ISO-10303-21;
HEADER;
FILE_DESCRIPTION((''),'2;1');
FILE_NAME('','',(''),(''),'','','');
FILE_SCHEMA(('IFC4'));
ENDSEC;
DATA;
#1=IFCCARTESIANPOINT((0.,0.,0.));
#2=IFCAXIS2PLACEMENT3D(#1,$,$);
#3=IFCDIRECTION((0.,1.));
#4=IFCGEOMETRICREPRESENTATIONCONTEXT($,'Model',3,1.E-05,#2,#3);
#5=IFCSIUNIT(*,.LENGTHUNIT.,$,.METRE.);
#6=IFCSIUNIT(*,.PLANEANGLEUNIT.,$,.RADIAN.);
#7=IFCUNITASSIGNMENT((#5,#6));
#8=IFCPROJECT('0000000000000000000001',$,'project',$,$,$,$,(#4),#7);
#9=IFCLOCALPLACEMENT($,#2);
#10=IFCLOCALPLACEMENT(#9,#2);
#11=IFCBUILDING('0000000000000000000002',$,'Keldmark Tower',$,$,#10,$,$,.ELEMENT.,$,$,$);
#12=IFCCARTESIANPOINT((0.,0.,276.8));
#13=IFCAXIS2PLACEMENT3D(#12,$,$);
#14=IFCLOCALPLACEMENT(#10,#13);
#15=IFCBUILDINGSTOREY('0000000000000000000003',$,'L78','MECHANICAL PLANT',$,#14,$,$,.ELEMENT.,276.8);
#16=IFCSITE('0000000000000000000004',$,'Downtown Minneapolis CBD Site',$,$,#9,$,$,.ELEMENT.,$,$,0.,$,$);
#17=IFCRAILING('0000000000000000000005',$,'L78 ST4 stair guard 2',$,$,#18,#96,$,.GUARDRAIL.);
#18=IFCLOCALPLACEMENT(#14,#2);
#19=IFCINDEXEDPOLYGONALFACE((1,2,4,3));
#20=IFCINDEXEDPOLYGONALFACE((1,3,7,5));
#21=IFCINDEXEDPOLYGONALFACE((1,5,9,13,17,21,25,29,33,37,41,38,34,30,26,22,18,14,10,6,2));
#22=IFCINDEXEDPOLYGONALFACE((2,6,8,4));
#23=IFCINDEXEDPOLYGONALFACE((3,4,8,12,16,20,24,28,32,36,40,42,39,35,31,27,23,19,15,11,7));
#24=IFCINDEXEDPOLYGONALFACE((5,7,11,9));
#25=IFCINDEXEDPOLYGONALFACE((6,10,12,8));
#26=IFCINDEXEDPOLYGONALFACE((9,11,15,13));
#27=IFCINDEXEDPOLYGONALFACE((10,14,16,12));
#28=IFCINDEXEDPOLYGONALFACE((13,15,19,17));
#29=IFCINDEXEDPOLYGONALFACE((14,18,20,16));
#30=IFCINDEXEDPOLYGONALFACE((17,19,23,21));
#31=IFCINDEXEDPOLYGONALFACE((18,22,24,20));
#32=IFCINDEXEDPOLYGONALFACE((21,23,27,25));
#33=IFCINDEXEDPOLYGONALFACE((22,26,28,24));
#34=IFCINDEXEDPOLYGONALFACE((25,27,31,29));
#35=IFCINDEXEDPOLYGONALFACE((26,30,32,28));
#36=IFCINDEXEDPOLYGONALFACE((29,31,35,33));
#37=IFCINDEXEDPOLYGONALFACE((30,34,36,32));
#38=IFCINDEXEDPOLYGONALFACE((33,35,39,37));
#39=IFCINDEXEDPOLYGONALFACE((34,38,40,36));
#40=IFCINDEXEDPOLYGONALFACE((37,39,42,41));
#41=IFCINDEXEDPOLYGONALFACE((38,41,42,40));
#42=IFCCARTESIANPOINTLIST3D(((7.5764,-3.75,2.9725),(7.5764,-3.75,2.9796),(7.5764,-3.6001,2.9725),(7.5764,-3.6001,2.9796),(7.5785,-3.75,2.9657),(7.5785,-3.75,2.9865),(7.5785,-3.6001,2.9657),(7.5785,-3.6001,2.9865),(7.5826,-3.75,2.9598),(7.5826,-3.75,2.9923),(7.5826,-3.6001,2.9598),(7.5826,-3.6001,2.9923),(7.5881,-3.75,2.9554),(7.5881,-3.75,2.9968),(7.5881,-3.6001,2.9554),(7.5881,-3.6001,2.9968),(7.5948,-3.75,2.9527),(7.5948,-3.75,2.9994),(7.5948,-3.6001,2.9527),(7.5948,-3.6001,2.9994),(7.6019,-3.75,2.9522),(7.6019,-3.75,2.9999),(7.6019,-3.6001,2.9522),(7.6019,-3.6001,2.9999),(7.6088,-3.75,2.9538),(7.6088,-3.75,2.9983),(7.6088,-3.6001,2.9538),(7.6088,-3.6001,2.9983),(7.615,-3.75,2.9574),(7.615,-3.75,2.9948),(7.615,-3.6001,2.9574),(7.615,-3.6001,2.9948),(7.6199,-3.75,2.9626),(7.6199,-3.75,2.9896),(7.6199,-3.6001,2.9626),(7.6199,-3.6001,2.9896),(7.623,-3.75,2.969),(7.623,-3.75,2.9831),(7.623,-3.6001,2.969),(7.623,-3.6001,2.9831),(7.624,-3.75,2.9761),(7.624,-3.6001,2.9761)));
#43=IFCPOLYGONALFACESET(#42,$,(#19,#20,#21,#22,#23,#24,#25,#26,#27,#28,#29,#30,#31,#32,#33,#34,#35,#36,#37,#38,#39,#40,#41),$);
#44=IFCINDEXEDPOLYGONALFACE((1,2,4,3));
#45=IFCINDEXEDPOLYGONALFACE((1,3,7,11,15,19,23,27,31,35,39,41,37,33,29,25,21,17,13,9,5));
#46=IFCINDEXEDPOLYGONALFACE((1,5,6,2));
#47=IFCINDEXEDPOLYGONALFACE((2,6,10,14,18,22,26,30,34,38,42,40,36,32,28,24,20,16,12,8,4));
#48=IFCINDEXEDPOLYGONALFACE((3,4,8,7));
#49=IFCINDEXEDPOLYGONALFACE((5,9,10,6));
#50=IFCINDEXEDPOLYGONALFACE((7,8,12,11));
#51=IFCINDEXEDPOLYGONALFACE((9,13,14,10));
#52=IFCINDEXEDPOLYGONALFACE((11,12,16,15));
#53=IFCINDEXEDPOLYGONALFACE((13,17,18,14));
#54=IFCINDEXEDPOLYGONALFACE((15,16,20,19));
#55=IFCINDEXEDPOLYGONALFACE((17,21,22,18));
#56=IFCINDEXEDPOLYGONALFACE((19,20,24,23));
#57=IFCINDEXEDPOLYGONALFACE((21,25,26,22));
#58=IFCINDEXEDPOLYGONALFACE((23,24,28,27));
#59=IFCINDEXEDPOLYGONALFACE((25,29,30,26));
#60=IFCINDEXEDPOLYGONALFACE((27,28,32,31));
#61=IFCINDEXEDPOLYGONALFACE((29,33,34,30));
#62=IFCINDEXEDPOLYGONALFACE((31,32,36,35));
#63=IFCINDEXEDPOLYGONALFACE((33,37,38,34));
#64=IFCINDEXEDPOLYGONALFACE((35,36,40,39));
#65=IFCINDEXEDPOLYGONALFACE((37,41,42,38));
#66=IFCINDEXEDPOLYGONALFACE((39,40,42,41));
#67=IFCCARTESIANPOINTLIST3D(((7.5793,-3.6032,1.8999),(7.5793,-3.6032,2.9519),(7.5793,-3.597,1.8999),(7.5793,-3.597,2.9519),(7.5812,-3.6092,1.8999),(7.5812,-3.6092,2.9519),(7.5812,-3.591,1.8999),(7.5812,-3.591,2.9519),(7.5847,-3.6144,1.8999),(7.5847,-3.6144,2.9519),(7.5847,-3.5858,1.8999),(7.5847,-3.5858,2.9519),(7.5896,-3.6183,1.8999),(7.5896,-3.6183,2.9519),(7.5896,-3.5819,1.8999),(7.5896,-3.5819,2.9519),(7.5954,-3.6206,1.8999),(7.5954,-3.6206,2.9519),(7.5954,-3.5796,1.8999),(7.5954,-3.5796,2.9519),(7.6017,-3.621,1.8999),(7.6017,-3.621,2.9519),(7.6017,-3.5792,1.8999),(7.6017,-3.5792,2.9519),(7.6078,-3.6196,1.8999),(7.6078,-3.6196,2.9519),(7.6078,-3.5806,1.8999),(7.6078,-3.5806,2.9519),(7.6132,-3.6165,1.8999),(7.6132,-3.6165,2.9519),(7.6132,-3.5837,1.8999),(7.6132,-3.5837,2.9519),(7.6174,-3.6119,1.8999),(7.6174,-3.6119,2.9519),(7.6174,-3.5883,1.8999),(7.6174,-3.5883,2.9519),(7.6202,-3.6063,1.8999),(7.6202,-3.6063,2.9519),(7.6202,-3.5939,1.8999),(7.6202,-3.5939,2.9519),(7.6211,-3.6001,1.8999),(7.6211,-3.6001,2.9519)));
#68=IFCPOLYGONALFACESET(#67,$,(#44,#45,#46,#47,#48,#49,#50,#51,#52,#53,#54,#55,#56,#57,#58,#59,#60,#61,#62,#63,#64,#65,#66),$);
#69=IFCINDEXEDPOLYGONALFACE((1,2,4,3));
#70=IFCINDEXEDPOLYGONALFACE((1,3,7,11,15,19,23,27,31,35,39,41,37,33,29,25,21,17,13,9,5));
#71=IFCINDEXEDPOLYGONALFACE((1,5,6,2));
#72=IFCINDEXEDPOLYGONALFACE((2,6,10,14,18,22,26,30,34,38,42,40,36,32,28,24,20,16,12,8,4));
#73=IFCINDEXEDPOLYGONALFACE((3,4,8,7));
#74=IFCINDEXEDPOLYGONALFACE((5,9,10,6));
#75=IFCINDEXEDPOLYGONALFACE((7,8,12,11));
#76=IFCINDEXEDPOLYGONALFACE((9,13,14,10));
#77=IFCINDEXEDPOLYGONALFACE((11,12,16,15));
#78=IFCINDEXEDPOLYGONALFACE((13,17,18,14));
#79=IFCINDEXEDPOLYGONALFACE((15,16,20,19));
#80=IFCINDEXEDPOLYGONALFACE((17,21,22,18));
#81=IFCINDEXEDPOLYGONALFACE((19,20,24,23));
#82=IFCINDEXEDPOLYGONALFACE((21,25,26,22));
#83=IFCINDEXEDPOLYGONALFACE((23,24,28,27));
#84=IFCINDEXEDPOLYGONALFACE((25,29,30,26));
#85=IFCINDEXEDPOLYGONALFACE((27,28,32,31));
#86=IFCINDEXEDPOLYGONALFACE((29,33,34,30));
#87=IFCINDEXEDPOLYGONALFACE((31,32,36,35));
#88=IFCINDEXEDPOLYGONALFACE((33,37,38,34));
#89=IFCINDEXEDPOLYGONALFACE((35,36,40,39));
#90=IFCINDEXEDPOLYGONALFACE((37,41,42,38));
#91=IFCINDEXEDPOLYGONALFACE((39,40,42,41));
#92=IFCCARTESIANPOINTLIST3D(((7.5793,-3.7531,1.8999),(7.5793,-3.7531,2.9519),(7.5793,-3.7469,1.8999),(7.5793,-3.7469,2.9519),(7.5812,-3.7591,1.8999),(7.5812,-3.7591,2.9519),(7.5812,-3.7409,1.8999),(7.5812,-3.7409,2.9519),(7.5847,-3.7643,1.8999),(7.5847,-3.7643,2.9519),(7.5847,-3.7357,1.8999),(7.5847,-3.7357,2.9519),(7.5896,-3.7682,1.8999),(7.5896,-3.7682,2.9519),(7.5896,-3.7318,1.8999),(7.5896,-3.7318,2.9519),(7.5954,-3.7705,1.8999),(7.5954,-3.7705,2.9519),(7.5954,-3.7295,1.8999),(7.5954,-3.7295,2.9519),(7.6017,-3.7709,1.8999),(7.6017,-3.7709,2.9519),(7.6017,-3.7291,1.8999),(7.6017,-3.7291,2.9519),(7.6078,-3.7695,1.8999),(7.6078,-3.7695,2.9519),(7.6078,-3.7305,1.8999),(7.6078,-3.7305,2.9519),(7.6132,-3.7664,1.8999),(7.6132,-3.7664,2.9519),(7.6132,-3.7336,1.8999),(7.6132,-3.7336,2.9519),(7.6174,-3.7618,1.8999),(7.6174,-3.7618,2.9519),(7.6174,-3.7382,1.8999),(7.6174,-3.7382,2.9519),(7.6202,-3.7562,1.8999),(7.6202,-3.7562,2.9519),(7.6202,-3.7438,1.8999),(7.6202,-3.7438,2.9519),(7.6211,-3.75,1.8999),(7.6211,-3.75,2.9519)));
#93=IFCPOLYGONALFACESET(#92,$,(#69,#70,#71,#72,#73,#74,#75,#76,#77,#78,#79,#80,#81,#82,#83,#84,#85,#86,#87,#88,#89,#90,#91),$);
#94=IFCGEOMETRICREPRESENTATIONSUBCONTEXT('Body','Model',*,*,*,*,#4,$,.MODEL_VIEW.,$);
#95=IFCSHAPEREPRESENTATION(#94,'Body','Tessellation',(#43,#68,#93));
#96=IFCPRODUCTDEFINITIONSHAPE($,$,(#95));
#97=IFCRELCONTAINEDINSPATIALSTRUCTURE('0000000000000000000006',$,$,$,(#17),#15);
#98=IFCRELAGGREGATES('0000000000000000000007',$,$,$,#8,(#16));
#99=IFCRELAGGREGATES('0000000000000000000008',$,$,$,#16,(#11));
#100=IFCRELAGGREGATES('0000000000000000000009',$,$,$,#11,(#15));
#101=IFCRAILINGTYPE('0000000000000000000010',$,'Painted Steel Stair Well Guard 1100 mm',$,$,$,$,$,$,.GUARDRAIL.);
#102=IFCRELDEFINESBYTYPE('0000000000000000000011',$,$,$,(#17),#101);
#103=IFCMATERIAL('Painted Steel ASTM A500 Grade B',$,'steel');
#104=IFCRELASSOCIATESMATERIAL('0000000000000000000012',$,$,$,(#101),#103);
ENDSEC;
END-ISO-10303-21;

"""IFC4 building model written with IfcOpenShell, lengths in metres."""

from ifc_helpers import new_model, si_unit, direction, frame, origin, origin_2d, place, context, subcontext, project, spatial, circle, extrude, material, type_object, element, save


model = new_model("IFC4")

# Units and contexts
model_context = context("Model", 3, precision=1e-05, world=origin(), true_north=direction((0.0, 1.0)))
body_context = subcontext(model_context, "Body", "Model", "MODEL_VIEW")
ifc_project = project(units=[si_unit("LENGTHUNIT", "METRE"), si_unit("PLANEANGLEUNIT", "RADIAN")], contexts=[model_context])

# Site, building, storey
site_placement = place(None, origin())
site = spatial("IfcSite", under=ifc_project, at=site_placement, Name="Downtown Minneapolis CBD Site", CompositionType="ELEMENT", RefElevation=0.0)
building_placement = place(site_placement, origin())
building = spatial("IfcBuilding", under=site, at=building_placement, Name="Keldmark Tower", CompositionType="ELEMENT")
storey_placement = place(building_placement, frame((0.0, 0.0, 276.8)))
storey = spatial("IfcBuildingStorey", under=building, at=storey_placement, Name="L78", Description="MECHANICAL PLANT", CompositionType="ELEMENT", Elevation=276.8)

# Railing
ifc_material_1 = material(Name="Painted Steel ASTM A500 Grade B", Category="steel")
railing_type_1 = type_object("IfcRailingType", Name="Painted Steel Stair Well Guard 1100 mm", PredefinedType="GUARDRAIL", material=ifc_material_1)
railing_1_placement = place(storey_placement, frame((7.6001, -3.6001, 1.8999)))
element("IfcRailing", 1, at=railing_1_placement, inside=storey, type_object=railing_type_1, Name="L78 ST4 stair guard 2", PredefinedType="GUARDRAIL", context=body_context, shape_type="SweptSolid", body=[
    extrude(circle(Radius=0.0239, at=origin_2d()), frame((0.0, 0.0, 1.0762), z_axis=(0.0, -1.0, 0.0), x_axis=(1.0, 0.0, 0.0)), (0.0, 0.0, 1.0), 0.1499),
    extrude(circle(Radius=0.021, at=origin_2d()), origin(), (0.0, 0.0, 1.0), 1.052),
    extrude(circle(Radius=0.021, at=origin_2d()), frame((0.0, -0.1499, 0.0)), (0.0, 0.0, 1.0), 1.052),
])

save(model, "model.ifc")
